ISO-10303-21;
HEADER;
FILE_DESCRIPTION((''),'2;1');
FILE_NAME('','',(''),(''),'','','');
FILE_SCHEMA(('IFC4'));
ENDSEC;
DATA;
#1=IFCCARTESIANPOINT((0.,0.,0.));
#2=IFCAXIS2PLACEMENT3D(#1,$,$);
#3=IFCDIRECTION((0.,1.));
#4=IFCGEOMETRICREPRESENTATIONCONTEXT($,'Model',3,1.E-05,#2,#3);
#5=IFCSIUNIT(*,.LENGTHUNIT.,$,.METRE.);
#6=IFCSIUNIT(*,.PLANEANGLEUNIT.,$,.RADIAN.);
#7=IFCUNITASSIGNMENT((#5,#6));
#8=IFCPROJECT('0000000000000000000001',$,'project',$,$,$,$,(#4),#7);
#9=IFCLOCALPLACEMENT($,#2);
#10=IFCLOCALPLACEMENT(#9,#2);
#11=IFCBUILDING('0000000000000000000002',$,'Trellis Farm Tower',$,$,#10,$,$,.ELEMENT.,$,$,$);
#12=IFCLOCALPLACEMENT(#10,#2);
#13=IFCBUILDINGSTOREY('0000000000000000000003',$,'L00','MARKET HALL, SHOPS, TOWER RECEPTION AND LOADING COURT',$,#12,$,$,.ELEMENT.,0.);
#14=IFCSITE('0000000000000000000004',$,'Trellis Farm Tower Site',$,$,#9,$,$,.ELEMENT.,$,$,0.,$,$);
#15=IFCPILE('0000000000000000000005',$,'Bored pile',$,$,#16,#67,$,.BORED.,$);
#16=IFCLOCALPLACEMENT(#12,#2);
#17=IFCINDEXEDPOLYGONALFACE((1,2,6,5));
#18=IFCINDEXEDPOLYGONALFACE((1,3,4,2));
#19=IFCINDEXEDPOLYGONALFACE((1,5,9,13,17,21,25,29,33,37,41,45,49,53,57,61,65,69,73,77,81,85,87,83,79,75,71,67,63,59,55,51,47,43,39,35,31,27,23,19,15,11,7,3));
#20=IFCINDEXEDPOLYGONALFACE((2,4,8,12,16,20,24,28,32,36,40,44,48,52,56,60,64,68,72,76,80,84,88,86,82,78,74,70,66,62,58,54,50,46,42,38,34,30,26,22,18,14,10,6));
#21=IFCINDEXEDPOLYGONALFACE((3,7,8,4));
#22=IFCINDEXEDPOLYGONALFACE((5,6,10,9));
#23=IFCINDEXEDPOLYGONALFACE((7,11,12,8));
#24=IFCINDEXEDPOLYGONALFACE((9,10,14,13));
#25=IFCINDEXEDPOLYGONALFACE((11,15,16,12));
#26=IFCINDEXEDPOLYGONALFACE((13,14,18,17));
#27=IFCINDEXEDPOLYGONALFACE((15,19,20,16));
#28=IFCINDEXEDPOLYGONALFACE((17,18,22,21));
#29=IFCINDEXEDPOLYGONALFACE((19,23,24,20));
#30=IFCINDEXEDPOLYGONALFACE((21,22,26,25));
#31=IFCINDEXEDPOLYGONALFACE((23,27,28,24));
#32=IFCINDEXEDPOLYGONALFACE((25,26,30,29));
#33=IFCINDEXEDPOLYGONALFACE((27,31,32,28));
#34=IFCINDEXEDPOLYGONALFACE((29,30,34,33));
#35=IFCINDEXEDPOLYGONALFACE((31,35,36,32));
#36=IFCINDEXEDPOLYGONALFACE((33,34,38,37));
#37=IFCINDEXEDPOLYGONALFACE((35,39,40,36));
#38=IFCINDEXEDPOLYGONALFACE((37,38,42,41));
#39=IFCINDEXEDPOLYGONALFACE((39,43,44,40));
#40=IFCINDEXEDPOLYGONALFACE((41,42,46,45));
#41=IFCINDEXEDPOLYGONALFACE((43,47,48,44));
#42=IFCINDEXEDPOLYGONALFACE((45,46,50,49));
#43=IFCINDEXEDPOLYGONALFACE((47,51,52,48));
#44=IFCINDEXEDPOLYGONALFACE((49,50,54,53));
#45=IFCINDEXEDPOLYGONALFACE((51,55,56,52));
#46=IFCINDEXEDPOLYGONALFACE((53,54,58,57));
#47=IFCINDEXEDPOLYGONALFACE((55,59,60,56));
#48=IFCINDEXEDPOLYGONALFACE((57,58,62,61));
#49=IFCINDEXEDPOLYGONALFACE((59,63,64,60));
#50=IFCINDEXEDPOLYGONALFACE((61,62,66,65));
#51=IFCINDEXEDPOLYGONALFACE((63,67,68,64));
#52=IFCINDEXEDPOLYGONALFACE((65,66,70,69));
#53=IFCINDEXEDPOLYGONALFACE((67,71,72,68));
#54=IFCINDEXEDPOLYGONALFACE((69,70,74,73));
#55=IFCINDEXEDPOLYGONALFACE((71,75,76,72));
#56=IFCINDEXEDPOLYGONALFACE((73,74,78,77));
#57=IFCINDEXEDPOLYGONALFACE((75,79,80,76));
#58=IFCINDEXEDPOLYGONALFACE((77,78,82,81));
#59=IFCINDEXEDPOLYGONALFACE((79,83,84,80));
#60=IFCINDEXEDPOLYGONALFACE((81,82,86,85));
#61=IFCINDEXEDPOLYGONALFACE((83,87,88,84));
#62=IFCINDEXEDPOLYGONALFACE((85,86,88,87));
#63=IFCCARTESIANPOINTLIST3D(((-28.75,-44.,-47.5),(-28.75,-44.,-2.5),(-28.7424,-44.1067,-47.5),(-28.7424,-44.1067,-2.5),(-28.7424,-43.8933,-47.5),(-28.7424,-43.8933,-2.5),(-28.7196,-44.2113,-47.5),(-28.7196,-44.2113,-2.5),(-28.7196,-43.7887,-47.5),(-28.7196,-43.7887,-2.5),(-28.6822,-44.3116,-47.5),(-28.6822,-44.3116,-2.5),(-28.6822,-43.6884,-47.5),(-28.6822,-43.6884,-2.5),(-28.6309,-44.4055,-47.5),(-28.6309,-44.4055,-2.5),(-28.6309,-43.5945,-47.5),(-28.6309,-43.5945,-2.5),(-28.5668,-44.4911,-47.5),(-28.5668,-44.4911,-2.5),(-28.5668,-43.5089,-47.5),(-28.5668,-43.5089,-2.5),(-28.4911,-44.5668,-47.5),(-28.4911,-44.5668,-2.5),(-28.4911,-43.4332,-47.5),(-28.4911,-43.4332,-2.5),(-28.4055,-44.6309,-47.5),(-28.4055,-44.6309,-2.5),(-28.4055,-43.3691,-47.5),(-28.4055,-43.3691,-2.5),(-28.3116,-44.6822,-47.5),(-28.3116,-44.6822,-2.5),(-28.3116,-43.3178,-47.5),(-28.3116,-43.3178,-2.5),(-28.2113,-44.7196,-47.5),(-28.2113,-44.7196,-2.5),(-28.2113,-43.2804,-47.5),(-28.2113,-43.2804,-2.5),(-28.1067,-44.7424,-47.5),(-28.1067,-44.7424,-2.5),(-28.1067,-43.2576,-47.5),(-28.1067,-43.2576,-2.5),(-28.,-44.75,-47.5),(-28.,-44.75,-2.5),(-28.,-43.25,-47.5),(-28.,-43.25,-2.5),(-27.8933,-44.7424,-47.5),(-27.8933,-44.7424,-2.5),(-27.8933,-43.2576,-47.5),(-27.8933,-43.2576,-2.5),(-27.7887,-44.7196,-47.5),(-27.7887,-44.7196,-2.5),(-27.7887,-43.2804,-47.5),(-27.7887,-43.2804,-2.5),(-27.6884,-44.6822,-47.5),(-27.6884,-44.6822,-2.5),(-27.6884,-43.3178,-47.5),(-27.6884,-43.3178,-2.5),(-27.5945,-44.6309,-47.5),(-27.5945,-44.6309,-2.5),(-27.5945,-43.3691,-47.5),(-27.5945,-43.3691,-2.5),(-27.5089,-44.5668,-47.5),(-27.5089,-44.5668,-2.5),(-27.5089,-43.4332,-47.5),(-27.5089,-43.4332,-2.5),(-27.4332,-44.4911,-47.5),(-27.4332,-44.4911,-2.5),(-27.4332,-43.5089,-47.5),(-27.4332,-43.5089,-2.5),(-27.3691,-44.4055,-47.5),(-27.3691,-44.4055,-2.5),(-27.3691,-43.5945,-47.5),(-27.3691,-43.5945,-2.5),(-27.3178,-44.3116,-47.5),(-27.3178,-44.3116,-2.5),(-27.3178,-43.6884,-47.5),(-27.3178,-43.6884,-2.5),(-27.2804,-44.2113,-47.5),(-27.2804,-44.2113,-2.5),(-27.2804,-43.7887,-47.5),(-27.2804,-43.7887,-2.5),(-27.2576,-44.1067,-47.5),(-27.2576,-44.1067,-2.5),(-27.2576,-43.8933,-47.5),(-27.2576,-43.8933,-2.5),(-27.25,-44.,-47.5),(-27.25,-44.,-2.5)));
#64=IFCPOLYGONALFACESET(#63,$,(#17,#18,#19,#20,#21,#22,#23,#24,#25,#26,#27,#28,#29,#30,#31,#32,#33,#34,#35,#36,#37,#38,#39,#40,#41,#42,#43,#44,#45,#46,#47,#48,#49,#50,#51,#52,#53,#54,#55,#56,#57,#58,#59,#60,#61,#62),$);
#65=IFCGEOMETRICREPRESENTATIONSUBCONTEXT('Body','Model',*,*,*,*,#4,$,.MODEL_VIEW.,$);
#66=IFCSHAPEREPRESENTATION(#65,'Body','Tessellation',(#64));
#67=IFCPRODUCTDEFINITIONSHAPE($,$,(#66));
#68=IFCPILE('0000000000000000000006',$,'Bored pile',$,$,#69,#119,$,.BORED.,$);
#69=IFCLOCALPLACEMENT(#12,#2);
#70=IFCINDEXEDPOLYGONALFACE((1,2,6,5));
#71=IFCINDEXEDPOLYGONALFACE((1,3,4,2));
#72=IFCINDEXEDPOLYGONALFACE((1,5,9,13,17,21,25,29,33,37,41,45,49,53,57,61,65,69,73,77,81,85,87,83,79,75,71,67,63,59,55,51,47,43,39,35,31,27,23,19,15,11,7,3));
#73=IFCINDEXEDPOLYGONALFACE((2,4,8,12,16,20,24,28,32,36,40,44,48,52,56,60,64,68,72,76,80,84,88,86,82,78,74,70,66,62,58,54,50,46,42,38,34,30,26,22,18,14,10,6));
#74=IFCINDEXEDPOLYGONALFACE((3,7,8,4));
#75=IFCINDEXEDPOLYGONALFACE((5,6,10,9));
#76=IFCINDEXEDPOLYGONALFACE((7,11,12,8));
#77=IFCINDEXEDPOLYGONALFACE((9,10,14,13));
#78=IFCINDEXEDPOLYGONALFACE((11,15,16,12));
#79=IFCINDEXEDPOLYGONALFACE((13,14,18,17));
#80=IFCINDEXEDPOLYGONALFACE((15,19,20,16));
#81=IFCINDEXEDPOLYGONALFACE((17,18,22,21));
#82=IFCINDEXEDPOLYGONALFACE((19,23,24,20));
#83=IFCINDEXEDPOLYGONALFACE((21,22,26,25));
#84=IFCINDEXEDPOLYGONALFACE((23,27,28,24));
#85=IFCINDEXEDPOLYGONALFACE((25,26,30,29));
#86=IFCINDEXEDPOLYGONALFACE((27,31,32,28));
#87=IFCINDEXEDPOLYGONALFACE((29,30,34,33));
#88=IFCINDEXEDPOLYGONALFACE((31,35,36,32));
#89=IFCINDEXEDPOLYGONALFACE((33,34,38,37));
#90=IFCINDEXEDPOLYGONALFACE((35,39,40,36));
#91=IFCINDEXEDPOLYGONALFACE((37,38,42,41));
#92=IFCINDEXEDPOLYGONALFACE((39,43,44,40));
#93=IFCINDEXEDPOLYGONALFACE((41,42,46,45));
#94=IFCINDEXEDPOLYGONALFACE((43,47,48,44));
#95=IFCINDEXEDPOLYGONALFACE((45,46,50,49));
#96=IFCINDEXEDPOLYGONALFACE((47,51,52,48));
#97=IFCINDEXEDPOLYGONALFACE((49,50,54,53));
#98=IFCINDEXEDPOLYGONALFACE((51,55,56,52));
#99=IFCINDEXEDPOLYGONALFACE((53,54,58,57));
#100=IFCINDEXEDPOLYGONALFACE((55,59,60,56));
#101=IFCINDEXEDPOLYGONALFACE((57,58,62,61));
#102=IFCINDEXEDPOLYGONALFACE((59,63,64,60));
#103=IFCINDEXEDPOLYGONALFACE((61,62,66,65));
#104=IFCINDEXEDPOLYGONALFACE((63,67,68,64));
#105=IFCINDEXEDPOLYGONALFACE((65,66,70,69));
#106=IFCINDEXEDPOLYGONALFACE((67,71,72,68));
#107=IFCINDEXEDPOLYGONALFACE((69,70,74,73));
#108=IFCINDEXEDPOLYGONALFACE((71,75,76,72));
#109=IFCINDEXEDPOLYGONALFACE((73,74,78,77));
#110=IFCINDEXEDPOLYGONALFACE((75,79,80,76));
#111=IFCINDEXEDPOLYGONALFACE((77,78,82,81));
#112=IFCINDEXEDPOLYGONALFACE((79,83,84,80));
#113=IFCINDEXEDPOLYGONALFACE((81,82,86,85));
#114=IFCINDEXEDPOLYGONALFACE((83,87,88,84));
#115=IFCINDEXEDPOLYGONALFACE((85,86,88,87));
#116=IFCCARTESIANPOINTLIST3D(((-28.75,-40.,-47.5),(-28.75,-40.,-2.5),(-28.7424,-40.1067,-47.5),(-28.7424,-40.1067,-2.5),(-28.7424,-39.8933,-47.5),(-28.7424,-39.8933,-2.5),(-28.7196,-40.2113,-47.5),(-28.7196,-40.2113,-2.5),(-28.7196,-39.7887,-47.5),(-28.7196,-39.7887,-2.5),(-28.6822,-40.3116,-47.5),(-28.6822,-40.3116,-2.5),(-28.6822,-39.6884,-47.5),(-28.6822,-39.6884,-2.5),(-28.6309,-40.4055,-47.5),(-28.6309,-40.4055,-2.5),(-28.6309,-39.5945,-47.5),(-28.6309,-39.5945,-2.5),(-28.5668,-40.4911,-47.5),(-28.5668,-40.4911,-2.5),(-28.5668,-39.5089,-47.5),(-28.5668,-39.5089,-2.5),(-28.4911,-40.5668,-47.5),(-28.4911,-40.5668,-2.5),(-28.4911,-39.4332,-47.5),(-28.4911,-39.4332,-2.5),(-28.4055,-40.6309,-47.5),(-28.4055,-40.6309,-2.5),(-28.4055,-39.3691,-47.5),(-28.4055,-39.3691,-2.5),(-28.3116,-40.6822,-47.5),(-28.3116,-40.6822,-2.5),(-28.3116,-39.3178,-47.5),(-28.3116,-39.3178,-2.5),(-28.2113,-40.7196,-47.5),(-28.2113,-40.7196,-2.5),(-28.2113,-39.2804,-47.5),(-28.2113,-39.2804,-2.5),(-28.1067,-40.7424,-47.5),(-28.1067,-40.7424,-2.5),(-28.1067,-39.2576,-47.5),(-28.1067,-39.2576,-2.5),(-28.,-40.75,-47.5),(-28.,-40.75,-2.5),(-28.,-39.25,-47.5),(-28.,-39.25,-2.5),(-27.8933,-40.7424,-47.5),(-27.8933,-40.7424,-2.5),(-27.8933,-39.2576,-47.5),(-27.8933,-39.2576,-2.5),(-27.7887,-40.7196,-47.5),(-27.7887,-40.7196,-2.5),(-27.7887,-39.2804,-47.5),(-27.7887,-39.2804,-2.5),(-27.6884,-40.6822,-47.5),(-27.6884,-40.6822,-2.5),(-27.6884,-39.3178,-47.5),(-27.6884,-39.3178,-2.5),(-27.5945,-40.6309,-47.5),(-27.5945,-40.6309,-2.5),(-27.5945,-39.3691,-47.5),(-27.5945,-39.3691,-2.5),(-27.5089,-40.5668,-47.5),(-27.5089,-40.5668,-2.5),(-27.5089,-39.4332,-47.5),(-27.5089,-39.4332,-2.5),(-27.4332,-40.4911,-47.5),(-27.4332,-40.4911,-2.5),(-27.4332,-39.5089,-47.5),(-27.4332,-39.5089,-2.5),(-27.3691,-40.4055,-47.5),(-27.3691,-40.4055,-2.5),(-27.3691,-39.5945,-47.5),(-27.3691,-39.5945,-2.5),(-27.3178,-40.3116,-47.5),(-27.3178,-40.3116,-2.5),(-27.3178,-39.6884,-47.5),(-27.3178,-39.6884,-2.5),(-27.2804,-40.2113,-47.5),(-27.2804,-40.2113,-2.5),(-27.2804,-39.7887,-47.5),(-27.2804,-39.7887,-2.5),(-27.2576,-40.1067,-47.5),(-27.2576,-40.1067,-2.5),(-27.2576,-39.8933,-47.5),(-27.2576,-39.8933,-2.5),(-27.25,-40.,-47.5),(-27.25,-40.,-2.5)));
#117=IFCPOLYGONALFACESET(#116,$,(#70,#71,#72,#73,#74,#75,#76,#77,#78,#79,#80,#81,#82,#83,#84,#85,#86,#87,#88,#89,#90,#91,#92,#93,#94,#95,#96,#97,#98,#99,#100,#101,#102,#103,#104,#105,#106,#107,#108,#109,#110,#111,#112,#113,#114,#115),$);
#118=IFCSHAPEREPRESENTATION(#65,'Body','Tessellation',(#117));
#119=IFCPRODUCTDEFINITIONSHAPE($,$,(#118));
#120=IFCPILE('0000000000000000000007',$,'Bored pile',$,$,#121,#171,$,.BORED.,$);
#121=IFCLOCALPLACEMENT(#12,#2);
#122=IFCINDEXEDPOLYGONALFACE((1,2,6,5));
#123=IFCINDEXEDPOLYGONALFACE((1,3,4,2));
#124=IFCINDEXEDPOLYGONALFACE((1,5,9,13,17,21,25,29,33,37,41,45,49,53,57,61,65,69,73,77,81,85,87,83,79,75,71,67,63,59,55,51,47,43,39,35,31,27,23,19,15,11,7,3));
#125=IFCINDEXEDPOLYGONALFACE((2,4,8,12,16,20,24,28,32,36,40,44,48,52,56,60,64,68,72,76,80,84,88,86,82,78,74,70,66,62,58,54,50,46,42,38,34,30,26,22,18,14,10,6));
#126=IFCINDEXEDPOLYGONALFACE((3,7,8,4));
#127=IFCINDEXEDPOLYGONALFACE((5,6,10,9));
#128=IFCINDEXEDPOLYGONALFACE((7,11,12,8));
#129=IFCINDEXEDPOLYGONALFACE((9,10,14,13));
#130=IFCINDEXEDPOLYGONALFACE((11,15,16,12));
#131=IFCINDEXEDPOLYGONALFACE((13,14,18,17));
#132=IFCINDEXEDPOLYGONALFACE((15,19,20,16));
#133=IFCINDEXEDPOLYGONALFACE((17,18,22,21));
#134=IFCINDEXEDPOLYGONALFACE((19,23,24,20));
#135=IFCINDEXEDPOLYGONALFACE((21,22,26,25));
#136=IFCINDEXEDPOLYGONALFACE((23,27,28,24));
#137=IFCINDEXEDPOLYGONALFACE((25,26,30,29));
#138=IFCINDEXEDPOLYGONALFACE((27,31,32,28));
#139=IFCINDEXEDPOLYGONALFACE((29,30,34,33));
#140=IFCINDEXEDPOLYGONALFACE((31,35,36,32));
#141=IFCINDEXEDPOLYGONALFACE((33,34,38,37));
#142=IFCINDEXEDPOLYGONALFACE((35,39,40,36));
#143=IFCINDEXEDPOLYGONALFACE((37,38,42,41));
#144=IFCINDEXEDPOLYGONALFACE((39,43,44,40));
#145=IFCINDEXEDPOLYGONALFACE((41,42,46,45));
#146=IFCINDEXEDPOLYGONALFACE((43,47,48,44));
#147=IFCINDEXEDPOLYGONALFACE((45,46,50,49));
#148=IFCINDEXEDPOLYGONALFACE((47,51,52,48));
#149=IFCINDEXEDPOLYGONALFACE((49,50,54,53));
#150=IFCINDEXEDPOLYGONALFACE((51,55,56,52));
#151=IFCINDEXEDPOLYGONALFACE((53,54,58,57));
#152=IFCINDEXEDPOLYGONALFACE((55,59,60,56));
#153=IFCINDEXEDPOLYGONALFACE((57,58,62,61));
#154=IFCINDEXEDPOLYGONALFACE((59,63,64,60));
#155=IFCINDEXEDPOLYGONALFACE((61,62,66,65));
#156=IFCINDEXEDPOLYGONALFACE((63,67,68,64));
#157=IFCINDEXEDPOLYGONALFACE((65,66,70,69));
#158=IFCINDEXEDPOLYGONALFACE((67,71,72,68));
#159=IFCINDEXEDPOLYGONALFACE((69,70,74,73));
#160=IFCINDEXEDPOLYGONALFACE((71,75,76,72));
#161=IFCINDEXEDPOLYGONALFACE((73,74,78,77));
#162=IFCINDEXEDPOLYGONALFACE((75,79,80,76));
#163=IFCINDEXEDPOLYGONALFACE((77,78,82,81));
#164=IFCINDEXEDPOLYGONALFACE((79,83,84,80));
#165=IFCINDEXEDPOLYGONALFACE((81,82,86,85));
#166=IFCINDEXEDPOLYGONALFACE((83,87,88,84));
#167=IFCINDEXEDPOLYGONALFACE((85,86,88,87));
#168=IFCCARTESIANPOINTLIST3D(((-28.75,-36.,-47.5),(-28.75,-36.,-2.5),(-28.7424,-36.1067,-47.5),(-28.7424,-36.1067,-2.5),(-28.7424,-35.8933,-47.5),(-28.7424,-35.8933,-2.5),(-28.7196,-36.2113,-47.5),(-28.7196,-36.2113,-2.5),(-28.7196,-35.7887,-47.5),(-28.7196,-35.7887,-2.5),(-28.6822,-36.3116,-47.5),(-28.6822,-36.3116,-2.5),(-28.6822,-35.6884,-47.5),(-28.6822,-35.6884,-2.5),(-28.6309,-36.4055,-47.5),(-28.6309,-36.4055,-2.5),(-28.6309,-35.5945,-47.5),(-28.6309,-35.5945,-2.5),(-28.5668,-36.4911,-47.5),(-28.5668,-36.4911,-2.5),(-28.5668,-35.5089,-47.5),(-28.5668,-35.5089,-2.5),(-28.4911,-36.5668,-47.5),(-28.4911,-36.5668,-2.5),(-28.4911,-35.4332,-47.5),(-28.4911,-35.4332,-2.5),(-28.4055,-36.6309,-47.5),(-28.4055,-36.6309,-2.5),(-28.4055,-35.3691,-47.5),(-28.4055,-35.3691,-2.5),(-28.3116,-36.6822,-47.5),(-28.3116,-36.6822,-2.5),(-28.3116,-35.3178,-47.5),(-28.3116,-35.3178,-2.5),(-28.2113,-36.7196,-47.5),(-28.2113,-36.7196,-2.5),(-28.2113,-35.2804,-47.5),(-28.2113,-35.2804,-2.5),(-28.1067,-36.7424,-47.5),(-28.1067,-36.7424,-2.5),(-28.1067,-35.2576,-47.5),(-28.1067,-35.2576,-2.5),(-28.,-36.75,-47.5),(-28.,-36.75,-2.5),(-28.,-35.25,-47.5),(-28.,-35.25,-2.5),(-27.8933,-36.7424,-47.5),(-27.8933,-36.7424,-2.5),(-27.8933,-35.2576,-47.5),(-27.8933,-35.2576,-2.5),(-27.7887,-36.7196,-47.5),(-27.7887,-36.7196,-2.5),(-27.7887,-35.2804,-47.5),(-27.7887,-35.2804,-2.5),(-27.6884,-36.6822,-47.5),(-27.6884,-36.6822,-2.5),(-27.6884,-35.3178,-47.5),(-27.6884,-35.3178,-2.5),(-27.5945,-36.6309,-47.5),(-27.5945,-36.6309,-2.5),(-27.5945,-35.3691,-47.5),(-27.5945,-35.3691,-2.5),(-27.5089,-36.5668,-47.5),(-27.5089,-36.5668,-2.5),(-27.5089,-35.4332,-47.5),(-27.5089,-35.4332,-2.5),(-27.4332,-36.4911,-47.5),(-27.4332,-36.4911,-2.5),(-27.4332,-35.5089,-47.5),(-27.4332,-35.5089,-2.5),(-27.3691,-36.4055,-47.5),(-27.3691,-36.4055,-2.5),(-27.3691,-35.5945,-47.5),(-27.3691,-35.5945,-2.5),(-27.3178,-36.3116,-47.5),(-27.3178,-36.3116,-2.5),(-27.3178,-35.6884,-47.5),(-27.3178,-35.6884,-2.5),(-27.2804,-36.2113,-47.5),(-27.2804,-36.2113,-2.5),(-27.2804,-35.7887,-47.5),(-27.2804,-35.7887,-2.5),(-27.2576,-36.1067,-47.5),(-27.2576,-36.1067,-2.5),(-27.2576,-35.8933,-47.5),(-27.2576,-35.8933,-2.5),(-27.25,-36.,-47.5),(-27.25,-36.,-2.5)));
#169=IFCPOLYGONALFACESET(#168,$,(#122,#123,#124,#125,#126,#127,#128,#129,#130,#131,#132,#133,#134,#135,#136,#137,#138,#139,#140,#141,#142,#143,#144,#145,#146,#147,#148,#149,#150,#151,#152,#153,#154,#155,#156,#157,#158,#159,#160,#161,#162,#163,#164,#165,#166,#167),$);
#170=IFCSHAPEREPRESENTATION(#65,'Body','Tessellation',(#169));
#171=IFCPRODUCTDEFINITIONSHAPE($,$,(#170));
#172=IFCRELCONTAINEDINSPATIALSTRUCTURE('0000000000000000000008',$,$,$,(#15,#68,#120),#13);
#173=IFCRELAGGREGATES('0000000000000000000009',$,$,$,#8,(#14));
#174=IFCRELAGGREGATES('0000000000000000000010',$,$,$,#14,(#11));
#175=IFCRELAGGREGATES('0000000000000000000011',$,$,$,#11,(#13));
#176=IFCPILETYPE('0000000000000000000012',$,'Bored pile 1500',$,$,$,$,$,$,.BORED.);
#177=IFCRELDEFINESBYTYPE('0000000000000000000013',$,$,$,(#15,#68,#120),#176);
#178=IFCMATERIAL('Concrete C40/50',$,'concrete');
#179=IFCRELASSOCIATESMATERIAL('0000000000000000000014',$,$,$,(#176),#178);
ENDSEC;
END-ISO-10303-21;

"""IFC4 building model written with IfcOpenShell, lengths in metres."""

from ifc_helpers import new_model, si_unit, direction, frame, origin, origin_2d, place, context, subcontext, project, spatial, circle, extrude, source, transform, mapped, material, material_profile, profile_set, type_object, element, save


model = new_model("IFC4")

# Units and contexts
model_context = context("Model", 3, precision=1e-05, world=origin(), true_north=direction((0.0, 1.0)))
body_context = subcontext(model_context, "Body", "Model", "MODEL_VIEW")
ifc_project = project(units=[si_unit("LENGTHUNIT", "METRE"), si_unit("PLANEANGLEUNIT", "RADIAN")], contexts=[model_context])

# Site, building, storey
site_placement = place(None, origin())
site = spatial("IfcSite", under=ifc_project, at=site_placement, Name="Trellis Farm Tower Site", CompositionType="ELEMENT", RefElevation=0.0)
building_placement = place(site_placement, origin())
building = spatial("IfcBuilding", under=site, at=building_placement, Name="Trellis Farm Tower", CompositionType="ELEMENT")
storey_placement = place(building_placement, origin())
storey = spatial("IfcBuildingStorey", under=building, at=storey_placement, Name="L00", Description="MARKET HALL, SHOPS, TOWER RECEPTION AND LOADING COURT", CompositionType="ELEMENT", Elevation=0.0)

# Piles
ifc_material_1 = material(Name="Concrete C40/50", Category="concrete")
ifc_material_profile_1 = material_profile(ifc_material_1, circle(Radius=0.75, at=origin_2d()), Name="Bored pile 1500")
ifc_profile_set_1 = profile_set([ifc_material_profile_1], Name="Concrete C40/50")
pile_type = type_object("IfcPileType", Name="Bored pile 1500", PredefinedType="BORED", material=ifc_profile_set_1)
shared_shape_1 = source(origin(), body_context, "Body", "SweptSolid", [
    extrude(circle(Radius=0.75, at=origin_2d()), origin(), (0.0, 0.0, 1.0), 45.0),
])
for number, where, z_axis, x_axis, name in (
    (1, (-28.0, -44.0, -2.5), (0.0, 0.0, -1.0), (1.0, 0.0, 0.0), "Bored pile"),
    (2, (-28.0, -40.0, -2.5), (0.0, 0.0, -1.0), (1.0, 0.0, 0.0), "Bored pile"),
    (3, (-28.0, -36.0, -2.5), (0.0, 0.0, -1.0), (1.0, 0.0, 0.0), "Bored pile"),
):
    element("IfcPile", number, at=place(storey_placement, frame(where, z_axis=z_axis, x_axis=x_axis)), inside=storey, type_object=pile_type, Name=name, PredefinedType="BORED", context=body_context, shape_type="MappedRepresentation", body=[
        mapped(shared_shape_1, transform((0.0, 0.0, 0.0))),
    ])

save(model, "model.ifc")
